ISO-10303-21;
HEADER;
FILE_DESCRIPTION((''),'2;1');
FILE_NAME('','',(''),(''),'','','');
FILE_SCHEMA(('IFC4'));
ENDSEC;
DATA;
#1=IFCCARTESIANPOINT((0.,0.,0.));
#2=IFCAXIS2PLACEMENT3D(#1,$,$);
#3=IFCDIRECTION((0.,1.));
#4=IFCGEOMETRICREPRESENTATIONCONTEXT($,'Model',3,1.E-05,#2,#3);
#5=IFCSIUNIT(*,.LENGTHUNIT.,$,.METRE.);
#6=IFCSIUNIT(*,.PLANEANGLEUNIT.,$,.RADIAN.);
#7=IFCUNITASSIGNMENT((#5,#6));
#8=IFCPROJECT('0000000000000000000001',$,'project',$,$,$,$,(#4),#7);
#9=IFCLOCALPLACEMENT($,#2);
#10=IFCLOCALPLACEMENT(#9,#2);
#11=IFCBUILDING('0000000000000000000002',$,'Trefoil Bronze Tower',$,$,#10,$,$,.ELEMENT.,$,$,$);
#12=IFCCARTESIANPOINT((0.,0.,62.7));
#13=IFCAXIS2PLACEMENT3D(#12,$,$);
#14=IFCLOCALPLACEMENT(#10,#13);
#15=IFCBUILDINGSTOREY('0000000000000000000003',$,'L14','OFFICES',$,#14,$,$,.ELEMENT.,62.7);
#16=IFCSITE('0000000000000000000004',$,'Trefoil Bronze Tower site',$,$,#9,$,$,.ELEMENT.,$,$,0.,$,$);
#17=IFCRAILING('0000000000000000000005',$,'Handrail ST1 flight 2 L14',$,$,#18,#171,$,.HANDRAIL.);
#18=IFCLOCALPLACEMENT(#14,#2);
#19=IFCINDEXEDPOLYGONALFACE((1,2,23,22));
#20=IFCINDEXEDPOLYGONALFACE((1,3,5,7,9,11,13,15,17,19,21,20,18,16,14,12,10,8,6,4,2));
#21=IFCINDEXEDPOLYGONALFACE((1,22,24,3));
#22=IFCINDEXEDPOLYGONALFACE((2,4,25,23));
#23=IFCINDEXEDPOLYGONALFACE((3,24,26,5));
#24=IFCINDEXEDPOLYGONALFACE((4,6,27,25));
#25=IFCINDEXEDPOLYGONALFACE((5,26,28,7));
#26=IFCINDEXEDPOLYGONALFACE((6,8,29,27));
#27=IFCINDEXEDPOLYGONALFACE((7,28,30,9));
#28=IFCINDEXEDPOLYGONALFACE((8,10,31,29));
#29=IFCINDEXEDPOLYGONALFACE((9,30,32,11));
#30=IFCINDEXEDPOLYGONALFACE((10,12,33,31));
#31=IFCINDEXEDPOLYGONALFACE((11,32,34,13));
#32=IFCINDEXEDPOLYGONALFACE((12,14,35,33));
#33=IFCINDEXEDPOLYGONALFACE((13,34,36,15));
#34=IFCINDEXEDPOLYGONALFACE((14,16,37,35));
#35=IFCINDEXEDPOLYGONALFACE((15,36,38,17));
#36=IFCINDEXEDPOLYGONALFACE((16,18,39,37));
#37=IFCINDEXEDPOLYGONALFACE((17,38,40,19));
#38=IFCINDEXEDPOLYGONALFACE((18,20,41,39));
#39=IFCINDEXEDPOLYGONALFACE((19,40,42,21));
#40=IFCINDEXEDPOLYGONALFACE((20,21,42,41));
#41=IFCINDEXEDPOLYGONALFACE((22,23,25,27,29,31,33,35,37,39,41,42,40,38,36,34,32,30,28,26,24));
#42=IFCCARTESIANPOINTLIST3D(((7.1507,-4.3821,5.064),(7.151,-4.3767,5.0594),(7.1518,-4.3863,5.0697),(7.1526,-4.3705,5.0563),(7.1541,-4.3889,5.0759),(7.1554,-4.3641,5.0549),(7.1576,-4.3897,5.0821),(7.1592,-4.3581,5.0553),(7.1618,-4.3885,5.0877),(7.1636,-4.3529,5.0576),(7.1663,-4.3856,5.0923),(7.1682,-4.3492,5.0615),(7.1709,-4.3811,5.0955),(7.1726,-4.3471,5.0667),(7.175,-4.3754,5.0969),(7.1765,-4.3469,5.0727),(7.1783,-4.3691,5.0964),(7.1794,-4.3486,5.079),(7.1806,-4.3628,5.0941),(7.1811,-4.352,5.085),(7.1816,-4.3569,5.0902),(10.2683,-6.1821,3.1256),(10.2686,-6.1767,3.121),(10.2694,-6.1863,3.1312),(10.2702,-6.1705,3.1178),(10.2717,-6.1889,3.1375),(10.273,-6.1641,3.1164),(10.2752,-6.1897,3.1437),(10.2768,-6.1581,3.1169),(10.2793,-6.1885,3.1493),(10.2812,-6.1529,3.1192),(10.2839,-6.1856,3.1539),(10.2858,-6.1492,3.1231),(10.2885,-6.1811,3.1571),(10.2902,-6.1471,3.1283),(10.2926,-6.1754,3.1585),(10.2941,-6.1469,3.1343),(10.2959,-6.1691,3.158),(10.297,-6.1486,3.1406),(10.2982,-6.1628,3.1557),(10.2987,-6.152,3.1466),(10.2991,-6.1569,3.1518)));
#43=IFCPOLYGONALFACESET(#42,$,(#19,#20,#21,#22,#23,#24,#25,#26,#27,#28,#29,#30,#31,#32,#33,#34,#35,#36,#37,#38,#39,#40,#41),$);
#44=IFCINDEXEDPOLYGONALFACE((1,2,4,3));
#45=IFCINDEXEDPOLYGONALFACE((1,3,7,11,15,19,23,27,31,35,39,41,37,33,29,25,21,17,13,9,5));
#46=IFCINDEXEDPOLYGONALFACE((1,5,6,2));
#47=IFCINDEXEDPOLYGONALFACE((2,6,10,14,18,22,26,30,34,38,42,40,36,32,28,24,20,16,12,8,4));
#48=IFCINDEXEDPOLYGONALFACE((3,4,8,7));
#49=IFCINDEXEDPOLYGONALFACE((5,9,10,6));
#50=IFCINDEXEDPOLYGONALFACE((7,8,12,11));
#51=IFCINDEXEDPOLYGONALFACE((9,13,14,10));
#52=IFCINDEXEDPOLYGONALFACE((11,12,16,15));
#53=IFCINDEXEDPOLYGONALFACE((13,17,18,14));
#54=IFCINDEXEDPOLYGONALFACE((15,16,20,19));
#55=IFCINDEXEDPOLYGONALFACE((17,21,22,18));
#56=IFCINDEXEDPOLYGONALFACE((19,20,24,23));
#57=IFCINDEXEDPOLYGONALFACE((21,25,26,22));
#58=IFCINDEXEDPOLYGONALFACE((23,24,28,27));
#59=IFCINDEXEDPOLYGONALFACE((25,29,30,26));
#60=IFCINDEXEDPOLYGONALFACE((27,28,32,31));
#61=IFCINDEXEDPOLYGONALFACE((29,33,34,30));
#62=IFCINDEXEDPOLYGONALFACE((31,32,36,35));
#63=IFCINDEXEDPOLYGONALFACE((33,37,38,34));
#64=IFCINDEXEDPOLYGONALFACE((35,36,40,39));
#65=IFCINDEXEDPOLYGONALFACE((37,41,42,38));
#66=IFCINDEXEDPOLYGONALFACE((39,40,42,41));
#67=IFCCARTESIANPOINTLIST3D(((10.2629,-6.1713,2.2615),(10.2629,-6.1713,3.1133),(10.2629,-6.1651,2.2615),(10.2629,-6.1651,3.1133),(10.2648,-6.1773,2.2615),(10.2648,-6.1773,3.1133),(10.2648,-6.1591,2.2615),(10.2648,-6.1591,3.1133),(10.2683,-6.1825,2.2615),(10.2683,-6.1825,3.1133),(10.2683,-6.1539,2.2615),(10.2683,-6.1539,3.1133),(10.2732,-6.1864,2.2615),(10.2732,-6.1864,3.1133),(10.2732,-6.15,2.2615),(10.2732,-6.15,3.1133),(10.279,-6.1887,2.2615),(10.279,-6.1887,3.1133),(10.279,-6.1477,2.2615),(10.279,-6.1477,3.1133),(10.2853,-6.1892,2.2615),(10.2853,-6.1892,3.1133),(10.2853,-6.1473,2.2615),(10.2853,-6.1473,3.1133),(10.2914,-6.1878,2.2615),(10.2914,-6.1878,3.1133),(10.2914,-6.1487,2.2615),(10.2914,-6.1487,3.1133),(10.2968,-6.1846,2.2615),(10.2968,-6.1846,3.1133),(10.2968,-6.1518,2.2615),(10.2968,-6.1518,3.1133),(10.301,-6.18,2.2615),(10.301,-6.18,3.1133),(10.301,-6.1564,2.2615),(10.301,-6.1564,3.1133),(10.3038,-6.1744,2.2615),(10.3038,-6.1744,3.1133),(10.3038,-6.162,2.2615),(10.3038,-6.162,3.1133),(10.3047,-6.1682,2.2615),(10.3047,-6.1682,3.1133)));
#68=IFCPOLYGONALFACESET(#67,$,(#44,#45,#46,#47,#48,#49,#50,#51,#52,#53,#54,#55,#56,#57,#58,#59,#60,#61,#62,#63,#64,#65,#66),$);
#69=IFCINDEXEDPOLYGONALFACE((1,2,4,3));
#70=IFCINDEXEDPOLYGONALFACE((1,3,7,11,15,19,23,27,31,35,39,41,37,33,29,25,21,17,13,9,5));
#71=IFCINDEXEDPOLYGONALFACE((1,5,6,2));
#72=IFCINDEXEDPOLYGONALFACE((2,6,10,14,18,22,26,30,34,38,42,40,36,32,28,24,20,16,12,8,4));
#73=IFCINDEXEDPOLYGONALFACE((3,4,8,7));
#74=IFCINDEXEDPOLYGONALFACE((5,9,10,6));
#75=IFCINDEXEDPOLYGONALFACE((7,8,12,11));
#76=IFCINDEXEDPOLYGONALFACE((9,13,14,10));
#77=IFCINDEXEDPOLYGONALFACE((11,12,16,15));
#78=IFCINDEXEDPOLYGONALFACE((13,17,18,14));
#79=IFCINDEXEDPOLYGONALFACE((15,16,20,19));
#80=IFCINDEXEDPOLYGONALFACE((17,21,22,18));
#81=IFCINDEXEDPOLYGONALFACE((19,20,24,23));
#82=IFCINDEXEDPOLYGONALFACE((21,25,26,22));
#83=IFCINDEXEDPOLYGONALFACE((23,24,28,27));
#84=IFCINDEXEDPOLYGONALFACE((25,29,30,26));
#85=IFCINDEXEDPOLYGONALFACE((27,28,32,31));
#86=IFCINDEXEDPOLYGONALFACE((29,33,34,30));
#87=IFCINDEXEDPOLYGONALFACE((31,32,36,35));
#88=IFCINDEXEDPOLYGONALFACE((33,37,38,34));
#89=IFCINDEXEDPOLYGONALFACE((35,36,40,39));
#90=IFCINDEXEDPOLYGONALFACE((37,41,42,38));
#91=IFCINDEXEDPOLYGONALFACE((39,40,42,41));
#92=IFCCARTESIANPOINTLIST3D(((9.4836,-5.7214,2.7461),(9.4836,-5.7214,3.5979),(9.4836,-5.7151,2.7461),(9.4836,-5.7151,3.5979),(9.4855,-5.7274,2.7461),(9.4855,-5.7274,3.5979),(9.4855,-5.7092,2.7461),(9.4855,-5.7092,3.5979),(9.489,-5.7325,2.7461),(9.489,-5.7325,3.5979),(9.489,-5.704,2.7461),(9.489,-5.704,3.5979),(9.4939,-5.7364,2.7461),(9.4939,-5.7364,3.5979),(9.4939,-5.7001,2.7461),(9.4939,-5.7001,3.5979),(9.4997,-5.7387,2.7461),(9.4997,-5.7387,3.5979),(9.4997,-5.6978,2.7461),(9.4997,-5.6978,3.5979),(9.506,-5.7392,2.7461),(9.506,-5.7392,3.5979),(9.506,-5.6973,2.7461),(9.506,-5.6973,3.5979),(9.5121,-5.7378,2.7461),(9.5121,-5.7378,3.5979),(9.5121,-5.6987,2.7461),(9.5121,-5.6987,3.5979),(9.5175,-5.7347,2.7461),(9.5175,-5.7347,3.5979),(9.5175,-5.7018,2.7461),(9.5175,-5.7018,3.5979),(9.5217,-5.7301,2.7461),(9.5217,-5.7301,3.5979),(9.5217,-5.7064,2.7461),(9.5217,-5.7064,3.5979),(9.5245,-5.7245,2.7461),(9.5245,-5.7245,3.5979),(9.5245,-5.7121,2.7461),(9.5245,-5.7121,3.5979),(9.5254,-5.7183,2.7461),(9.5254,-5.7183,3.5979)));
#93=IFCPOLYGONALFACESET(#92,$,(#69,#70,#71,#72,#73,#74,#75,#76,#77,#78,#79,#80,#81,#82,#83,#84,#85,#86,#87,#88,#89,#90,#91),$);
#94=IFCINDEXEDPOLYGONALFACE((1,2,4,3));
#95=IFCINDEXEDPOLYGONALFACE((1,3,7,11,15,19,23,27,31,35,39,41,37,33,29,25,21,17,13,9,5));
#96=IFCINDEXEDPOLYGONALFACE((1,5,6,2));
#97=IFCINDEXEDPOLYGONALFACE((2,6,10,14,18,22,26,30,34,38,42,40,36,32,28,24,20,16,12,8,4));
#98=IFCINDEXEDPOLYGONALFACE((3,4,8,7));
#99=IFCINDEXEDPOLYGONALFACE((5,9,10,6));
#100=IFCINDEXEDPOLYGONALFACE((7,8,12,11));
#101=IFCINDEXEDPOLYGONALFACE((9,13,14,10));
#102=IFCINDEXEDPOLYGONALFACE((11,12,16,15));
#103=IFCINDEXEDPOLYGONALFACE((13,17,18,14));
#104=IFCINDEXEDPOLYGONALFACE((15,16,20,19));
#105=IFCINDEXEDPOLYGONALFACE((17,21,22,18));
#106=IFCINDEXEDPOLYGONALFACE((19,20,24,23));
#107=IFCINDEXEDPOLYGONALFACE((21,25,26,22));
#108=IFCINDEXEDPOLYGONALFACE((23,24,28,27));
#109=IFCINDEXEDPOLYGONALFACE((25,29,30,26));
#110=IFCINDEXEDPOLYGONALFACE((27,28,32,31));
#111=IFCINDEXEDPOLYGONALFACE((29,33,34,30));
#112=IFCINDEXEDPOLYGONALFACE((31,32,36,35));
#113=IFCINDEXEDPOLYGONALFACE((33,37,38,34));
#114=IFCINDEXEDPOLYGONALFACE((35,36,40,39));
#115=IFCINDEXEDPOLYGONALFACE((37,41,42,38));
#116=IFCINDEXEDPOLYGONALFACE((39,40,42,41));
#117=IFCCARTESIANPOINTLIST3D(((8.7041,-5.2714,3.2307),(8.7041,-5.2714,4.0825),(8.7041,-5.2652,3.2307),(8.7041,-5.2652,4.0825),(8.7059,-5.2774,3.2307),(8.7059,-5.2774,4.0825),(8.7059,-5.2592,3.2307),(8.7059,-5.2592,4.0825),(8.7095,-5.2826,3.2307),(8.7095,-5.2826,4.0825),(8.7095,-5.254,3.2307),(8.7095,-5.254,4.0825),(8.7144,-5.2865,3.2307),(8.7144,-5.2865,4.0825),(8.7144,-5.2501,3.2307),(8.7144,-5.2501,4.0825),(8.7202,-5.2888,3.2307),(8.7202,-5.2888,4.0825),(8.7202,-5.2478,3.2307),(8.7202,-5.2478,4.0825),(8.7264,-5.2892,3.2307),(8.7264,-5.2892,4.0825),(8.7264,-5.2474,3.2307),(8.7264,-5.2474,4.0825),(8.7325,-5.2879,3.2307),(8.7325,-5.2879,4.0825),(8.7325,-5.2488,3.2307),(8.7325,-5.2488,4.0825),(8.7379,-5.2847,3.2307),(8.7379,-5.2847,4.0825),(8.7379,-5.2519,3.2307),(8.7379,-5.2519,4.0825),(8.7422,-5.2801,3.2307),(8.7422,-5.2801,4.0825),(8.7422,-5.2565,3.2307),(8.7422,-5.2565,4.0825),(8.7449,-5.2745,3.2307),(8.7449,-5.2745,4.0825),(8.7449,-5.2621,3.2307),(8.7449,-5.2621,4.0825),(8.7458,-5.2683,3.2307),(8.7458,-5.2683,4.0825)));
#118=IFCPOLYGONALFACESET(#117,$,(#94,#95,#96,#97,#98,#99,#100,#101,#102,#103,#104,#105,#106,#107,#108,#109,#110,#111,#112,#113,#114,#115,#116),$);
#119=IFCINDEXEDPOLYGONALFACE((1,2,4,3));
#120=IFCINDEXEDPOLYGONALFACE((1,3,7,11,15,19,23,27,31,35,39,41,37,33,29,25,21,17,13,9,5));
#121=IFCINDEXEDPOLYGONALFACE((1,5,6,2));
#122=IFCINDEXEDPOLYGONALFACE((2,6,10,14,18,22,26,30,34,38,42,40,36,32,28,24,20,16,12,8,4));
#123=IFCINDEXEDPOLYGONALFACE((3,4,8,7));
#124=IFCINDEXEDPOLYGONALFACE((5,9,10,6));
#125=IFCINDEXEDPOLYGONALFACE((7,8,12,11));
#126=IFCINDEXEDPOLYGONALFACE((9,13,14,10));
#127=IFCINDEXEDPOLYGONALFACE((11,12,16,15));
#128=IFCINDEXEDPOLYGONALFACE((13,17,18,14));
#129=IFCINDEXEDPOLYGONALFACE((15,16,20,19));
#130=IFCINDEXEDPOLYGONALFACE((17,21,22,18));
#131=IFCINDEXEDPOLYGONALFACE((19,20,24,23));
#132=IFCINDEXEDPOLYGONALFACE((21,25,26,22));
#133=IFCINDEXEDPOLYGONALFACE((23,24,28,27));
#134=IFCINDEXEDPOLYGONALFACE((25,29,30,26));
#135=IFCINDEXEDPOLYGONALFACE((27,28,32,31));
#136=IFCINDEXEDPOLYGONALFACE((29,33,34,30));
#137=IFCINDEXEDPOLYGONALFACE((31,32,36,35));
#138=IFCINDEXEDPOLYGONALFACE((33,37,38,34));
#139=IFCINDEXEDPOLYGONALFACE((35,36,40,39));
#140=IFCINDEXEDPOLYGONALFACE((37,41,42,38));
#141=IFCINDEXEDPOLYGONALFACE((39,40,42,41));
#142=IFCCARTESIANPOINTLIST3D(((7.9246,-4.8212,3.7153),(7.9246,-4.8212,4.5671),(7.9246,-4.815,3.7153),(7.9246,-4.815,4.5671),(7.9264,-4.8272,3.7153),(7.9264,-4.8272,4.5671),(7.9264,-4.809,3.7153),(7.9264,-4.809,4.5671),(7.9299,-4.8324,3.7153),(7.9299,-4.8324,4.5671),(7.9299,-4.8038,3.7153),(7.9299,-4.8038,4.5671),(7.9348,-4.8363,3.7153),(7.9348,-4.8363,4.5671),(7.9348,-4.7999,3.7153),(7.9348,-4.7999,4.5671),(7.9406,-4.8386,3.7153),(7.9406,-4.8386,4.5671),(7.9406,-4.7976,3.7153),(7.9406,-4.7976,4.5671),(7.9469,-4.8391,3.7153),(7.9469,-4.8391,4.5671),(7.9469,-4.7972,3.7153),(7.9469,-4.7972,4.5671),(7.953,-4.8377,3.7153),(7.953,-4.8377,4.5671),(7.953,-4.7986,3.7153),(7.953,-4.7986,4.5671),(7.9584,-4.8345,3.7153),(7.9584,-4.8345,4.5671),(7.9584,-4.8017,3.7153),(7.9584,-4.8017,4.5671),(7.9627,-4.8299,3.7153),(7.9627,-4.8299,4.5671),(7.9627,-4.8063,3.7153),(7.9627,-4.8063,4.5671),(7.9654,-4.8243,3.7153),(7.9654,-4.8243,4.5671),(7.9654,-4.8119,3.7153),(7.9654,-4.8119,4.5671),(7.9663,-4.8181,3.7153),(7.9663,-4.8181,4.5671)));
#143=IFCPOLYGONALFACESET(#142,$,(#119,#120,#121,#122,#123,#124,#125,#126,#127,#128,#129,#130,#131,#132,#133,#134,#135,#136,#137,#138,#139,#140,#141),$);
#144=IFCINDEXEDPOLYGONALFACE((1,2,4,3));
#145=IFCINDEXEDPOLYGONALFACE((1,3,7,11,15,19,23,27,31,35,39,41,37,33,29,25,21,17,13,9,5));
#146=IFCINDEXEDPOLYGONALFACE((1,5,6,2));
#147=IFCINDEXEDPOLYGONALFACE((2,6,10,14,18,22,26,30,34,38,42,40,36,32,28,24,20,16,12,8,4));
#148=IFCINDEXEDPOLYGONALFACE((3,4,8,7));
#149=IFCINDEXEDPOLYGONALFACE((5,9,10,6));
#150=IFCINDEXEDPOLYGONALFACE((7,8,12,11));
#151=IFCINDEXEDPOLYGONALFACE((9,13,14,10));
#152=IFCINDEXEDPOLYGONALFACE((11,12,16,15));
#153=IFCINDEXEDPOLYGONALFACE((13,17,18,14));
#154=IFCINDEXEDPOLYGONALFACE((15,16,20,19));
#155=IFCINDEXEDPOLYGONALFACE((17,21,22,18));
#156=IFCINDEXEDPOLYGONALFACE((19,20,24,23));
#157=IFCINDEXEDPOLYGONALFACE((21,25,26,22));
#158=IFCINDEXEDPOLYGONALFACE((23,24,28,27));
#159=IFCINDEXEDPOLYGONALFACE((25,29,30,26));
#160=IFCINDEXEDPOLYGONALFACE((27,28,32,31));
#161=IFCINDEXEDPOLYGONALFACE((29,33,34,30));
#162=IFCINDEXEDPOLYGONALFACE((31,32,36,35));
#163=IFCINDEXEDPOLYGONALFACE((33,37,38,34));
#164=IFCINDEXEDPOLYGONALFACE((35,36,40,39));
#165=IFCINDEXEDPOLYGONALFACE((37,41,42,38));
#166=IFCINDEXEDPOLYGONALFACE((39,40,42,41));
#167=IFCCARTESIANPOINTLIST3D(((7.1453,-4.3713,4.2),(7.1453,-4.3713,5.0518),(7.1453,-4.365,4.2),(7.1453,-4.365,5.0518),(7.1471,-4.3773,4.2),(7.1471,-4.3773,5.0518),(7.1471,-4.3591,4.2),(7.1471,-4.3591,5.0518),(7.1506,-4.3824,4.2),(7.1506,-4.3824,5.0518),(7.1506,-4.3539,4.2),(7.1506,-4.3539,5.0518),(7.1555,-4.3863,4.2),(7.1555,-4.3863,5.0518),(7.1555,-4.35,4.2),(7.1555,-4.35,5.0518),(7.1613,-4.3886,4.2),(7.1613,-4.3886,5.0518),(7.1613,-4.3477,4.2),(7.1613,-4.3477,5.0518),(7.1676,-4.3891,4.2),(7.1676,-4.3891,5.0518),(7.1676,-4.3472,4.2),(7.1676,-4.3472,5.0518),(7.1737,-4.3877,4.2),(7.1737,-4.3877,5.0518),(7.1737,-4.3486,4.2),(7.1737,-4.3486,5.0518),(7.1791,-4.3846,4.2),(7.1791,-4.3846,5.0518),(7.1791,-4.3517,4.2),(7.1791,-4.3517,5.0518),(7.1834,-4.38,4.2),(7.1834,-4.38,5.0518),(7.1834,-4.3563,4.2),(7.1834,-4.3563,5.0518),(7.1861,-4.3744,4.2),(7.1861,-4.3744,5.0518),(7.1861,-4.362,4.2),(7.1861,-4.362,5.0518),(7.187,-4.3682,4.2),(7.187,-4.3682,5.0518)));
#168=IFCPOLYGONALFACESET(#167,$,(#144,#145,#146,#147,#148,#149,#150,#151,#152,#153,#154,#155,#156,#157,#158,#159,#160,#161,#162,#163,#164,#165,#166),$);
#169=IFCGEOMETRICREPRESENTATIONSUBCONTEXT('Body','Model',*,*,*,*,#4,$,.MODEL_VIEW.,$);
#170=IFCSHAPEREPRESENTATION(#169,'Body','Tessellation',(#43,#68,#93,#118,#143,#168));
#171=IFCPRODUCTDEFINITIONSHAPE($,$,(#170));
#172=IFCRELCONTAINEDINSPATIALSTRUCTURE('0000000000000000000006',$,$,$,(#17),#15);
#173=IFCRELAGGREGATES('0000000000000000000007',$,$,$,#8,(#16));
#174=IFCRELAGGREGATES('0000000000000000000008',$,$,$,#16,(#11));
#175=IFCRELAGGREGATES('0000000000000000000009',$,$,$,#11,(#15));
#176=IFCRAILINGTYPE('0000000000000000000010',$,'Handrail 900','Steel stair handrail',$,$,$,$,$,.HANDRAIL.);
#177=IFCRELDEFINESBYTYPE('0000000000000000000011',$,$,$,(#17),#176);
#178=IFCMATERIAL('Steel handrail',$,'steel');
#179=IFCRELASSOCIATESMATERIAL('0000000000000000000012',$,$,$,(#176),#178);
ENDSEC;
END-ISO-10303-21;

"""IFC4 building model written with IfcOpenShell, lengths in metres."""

from ifc_helpers import new_model, si_unit, direction, frame, origin, origin_2d, place, context, subcontext, project, spatial, circle, extrude, material, type_object, element, save


model = new_model("IFC4")

# Units and contexts
model_context = context("Model", 3, precision=1e-05, world=origin(), true_north=direction((0.0, 1.0)))
body_context = subcontext(model_context, "Body", "Model", "MODEL_VIEW")
ifc_project = project(units=[si_unit("LENGTHUNIT", "METRE"), si_unit("PLANEANGLEUNIT", "RADIAN")], contexts=[model_context])

# Site, building, storey
site_placement = place(None, origin())
site = spatial("IfcSite", under=ifc_project, at=site_placement, Name="Trefoil Bronze Tower site", CompositionType="ELEMENT", RefElevation=0.0)
building_placement = place(site_placement, origin())
building = spatial("IfcBuilding", under=site, at=building_placement, Name="Trefoil Bronze Tower", CompositionType="ELEMENT")
storey_placement = place(building_placement, frame((0.0, 0.0, 62.7)))
storey = spatial("IfcBuildingStorey", under=building, at=storey_placement, Name="L14", Description="OFFICES", CompositionType="ELEMENT", Elevation=62.7)

# Railing
ifc_material_1 = material(Name="Steel handrail", Category="steel")
railing_type = type_object("IfcRailingType", Name="Handrail 900", Description="Steel stair handrail", PredefinedType="HANDRAIL", material=ifc_material_1)
railing_placement = place(storey_placement, frame((10.2837, -6.1682, 2.2615)))
element("IfcRailing", 1, at=railing_placement, inside=storey, type_object=railing_type, Name="Handrail ST1 flight 2 L14", PredefinedType="HANDRAIL", context=body_context, shape_type="SweptSolid", body=[
    extrude(circle(Radius=0.0239, at=origin_2d()), frame((0.0, 0.0, 0.876), z_axis=(-0.762503, 0.440246, 0.474102), x_axis=(-0.500012, -0.866018, 0.0)), (0.0, 0.0, 1.0), 4.0886),
    extrude(circle(Radius=0.021, at=origin_2d()), origin(), (0.0, 0.0, 1.0), 0.8518),
    extrude(circle(Radius=0.021, at=origin_2d()), frame((-0.7793, 0.45, 0.4846)), (0.0, 0.0, 1.0), 0.8518),
    extrude(circle(Radius=0.021, at=origin_2d()), frame((-1.5588, 0.8999, 0.9692)), (0.0, 0.0, 1.0), 0.8518),
    extrude(circle(Radius=0.021, at=origin_2d()), frame((-2.3384, 1.3501, 1.4539)), (0.0, 0.0, 1.0), 0.8518),
    extrude(circle(Radius=0.021, at=origin_2d()), frame((-3.1177, 1.8, 1.9385)), (0.0, 0.0, 1.0), 0.8518),
])

save(model, "model.ifc")
